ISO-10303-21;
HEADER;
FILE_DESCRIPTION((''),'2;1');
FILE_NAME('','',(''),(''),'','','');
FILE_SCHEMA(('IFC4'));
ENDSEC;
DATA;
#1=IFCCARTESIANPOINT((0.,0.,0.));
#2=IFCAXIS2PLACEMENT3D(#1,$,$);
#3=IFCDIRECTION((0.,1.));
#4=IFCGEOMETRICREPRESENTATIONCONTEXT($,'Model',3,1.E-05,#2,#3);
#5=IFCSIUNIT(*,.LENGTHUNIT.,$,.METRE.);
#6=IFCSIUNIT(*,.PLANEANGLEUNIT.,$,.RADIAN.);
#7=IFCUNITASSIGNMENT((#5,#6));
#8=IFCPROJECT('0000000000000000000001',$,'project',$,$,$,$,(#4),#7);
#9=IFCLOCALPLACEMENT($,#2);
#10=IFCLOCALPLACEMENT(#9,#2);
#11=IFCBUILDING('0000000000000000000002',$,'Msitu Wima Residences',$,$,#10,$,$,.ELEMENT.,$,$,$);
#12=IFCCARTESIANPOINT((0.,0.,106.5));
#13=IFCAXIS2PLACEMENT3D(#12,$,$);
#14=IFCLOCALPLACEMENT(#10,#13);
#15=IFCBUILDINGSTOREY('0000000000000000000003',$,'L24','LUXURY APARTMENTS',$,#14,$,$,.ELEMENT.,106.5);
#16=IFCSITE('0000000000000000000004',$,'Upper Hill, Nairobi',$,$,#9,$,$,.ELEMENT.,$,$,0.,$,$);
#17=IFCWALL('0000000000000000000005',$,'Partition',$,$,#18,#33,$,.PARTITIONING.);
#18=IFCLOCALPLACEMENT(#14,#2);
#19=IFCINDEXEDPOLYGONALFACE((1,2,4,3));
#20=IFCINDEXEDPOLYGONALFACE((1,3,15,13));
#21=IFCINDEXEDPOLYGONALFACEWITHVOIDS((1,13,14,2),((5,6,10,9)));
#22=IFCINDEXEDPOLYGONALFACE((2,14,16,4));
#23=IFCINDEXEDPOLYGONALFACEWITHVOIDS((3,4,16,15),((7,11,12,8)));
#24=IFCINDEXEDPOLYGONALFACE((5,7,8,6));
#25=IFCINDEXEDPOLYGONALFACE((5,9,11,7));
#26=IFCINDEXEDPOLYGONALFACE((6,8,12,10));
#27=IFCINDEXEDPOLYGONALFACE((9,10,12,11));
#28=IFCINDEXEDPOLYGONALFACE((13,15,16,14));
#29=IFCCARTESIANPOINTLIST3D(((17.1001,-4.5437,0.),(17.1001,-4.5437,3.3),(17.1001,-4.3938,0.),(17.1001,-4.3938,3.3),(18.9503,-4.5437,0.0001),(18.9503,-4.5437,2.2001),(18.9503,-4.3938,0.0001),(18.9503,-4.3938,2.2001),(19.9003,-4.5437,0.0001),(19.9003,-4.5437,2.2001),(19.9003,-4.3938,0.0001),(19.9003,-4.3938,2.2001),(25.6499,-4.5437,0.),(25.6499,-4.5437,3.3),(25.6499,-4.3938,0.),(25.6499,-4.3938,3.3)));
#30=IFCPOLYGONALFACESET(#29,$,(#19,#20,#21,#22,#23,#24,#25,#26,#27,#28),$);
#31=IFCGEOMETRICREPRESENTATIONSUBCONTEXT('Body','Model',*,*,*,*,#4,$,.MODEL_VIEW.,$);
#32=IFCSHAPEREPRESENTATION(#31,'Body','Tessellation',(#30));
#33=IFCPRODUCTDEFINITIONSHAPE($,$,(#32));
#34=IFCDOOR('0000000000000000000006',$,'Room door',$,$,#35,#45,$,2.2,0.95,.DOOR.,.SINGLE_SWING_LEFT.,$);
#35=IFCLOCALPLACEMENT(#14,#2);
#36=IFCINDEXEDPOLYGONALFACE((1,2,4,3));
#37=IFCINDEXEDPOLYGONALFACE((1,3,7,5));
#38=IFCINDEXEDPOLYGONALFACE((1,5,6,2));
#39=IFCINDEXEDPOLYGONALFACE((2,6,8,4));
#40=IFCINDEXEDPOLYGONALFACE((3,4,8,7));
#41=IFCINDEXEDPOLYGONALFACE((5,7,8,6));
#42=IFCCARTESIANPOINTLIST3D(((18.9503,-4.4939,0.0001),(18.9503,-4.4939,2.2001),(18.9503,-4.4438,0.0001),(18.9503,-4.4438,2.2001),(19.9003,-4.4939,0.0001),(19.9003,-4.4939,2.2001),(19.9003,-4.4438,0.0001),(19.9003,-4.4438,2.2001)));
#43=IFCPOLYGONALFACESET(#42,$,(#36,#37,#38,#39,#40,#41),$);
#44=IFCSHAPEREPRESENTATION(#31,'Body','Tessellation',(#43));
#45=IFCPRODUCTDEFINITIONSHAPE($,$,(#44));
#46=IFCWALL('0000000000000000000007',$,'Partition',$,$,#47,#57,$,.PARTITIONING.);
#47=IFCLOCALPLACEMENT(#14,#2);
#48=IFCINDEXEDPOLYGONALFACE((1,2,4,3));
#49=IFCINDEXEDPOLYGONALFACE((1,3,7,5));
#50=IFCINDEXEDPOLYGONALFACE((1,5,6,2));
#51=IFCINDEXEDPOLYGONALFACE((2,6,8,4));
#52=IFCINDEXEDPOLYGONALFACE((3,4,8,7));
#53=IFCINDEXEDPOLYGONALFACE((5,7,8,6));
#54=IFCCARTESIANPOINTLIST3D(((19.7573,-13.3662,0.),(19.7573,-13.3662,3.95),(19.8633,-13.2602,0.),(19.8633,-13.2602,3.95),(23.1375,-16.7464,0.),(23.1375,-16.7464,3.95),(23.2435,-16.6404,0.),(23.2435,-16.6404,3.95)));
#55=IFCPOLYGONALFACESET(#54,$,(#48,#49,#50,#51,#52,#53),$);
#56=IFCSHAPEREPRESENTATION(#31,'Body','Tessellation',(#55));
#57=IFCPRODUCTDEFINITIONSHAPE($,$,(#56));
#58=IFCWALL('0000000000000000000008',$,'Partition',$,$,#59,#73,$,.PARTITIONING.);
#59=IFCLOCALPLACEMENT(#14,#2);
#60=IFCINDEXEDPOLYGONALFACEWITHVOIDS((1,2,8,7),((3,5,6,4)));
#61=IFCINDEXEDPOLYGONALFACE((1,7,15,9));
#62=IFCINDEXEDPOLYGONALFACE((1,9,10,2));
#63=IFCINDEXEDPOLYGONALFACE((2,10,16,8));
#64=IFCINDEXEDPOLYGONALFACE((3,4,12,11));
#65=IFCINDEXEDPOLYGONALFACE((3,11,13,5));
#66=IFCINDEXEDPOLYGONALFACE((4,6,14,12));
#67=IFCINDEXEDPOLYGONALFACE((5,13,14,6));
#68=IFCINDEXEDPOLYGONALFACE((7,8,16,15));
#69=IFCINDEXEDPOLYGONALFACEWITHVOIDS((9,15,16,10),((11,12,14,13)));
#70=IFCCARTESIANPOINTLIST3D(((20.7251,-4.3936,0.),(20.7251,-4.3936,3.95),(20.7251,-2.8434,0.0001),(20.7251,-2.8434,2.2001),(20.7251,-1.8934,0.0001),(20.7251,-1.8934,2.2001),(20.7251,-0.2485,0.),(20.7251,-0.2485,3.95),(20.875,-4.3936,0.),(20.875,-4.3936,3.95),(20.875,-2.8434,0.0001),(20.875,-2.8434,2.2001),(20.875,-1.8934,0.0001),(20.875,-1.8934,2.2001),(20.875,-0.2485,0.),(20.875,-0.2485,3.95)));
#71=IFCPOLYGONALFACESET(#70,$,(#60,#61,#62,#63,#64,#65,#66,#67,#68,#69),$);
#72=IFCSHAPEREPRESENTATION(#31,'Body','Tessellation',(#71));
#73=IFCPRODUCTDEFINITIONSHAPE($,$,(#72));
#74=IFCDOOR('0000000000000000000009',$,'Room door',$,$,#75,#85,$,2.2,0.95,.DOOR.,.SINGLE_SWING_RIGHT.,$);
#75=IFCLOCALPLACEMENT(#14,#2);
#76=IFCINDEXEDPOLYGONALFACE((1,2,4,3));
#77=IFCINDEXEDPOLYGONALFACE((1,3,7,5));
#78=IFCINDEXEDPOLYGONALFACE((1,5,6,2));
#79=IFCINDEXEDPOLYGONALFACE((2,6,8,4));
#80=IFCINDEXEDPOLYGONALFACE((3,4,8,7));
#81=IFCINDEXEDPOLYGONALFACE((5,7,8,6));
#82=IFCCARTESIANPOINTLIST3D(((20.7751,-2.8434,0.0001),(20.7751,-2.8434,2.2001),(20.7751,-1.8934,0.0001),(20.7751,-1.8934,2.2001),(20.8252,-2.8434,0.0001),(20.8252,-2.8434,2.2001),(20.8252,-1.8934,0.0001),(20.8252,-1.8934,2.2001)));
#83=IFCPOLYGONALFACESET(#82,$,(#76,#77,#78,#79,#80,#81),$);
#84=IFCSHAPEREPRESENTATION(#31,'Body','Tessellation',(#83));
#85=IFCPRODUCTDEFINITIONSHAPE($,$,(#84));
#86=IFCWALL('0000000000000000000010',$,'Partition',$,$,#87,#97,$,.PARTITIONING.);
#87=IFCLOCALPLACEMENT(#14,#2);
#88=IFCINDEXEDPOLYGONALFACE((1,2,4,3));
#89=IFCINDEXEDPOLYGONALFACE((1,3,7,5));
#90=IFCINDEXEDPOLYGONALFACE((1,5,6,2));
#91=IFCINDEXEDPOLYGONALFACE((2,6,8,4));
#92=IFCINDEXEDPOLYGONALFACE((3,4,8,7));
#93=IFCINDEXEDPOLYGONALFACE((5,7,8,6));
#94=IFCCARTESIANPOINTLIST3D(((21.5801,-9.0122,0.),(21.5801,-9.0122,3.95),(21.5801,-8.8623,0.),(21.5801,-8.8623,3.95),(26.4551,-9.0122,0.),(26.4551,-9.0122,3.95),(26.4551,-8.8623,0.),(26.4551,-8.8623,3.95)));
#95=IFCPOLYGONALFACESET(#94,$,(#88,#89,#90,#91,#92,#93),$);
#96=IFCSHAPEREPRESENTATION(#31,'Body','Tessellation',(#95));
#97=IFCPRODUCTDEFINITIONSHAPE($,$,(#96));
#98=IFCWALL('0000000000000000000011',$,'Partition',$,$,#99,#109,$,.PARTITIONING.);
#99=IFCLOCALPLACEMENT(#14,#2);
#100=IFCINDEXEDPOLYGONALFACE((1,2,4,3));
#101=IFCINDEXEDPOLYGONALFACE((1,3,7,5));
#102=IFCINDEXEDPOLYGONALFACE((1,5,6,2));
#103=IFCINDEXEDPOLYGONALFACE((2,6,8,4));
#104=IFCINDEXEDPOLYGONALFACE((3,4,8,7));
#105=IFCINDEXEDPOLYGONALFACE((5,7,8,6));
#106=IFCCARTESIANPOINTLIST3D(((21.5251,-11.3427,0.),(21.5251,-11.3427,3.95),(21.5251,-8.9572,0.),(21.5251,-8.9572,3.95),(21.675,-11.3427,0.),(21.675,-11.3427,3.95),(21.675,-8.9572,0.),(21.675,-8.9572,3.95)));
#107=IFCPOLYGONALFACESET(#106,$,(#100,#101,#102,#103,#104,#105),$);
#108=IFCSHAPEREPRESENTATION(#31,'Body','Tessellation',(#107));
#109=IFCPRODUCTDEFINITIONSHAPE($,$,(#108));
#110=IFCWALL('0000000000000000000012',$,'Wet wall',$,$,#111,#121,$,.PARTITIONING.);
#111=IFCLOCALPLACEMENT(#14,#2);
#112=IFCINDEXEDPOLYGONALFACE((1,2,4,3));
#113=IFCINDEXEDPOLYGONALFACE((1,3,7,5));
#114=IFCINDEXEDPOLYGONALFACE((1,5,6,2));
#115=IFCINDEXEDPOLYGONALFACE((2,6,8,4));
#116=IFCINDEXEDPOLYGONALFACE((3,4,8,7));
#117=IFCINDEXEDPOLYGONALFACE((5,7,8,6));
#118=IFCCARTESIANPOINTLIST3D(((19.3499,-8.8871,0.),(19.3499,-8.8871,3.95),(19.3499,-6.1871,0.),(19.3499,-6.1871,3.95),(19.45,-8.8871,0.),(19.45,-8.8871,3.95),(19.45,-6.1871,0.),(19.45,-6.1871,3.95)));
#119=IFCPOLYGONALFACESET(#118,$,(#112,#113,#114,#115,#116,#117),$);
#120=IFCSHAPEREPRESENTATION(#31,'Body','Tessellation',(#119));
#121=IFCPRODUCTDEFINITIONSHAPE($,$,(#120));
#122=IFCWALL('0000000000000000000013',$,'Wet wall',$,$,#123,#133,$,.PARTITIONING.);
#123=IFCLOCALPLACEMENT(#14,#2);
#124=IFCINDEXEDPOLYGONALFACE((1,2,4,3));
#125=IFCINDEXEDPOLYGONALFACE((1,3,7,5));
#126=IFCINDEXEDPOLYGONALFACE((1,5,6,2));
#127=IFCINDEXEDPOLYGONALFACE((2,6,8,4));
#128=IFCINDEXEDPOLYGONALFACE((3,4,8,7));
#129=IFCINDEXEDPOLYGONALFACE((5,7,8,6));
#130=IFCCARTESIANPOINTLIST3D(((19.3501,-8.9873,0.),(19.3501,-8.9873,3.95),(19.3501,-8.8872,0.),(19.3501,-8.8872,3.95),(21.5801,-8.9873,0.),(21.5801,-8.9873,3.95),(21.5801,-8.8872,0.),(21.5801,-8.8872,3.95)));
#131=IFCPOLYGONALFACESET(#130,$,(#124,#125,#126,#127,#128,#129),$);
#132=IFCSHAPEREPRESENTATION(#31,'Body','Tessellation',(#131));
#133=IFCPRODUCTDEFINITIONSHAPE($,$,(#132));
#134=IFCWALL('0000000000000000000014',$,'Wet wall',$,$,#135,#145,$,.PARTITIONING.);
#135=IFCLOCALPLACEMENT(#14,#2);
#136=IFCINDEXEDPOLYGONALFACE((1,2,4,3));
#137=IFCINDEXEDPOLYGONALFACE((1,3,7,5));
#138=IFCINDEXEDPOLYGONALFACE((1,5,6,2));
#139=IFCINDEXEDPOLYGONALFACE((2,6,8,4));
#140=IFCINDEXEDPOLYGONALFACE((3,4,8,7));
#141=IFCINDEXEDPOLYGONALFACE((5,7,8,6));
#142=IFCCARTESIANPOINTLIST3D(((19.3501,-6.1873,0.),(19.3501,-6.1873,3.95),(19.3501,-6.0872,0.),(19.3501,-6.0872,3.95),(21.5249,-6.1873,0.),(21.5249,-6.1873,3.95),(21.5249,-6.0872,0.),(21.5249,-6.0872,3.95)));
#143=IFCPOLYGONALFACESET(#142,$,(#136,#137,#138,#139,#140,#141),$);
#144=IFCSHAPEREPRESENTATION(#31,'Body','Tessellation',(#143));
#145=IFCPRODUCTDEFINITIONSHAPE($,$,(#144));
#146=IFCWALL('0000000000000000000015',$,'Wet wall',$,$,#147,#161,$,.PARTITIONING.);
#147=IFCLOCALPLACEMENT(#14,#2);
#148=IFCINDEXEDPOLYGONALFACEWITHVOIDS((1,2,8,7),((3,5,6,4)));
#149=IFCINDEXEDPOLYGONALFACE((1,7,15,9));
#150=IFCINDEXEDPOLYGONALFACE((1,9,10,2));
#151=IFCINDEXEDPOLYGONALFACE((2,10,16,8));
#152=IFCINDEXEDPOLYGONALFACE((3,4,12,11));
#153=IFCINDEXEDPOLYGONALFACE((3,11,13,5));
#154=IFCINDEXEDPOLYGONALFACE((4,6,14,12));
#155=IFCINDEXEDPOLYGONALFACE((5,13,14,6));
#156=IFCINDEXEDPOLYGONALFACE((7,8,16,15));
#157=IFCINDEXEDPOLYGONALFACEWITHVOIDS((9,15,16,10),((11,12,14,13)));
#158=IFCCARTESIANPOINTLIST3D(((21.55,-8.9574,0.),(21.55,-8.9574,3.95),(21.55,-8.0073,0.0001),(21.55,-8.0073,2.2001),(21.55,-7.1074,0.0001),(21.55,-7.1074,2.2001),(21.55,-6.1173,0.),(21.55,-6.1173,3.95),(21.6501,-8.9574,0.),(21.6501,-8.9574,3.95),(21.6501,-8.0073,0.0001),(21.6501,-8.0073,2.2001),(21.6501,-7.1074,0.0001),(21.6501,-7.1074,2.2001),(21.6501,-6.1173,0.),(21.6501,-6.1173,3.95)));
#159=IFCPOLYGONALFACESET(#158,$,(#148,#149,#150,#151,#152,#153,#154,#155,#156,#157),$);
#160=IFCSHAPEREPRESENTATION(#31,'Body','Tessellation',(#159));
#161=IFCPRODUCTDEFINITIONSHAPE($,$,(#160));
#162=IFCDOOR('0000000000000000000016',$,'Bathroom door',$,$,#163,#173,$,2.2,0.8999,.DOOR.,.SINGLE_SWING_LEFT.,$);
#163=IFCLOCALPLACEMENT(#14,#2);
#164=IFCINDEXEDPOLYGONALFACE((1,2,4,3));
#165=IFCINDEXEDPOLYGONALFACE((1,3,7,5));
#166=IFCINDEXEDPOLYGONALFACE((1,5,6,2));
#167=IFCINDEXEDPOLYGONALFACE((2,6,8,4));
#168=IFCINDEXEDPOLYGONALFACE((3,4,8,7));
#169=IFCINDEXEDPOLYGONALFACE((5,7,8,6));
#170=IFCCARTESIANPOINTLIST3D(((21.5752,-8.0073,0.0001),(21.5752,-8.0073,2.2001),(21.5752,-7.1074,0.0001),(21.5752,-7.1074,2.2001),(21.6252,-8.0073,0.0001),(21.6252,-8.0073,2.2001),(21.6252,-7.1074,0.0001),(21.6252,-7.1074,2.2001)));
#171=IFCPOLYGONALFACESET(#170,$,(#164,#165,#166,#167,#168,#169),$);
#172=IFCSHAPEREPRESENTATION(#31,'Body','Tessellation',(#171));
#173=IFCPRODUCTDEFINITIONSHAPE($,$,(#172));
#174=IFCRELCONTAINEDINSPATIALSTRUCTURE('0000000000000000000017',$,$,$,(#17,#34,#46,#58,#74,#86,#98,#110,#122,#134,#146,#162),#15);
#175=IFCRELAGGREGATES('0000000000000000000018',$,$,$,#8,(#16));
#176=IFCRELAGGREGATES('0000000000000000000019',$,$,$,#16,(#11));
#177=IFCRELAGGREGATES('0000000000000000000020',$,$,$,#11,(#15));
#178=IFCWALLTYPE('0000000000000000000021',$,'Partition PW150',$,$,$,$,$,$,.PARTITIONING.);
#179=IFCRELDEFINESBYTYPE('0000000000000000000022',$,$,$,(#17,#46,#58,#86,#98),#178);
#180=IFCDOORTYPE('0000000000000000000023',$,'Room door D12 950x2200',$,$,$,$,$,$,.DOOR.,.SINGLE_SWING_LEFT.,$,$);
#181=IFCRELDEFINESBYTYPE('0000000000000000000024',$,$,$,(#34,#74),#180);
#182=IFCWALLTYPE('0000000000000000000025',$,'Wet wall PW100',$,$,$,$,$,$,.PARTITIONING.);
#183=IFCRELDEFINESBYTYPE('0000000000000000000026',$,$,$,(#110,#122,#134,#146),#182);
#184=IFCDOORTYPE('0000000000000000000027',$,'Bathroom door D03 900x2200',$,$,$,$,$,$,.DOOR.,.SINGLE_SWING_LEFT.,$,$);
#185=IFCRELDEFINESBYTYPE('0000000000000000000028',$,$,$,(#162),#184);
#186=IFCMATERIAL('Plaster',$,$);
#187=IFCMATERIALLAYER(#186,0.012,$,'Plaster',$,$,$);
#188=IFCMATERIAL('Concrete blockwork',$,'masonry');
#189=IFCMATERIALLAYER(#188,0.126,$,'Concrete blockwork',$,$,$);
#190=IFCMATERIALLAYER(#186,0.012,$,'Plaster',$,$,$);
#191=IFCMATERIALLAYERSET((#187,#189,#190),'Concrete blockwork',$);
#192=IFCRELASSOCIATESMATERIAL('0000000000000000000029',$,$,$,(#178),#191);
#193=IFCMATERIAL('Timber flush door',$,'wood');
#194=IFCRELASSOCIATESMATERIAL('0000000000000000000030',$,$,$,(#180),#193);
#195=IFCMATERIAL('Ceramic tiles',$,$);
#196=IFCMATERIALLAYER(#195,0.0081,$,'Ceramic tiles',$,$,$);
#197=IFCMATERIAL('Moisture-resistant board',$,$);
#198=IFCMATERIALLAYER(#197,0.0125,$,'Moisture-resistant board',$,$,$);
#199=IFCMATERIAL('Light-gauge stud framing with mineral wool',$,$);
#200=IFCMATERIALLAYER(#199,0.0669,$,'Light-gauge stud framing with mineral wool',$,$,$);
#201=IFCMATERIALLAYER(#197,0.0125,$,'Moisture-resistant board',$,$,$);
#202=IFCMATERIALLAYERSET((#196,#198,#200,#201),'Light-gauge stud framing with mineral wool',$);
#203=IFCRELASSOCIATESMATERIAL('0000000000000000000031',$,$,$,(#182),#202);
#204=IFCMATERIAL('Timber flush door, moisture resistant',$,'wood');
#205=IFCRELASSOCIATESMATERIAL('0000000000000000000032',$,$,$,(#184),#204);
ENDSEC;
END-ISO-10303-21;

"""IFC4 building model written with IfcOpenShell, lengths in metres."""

from ifc_helpers import new_model, si_unit, direction, frame, frame_2d, origin, place, context, subcontext, project, spatial, rectangle, extrude, material, layer, layer_set, type_object, element, fill, save


model = new_model("IFC4")

# Units and contexts
model_context = context("Model", 3, precision=1e-05, world=origin(), true_north=direction((0.0, 1.0)))
body_context = subcontext(model_context, "Body", "Model", "MODEL_VIEW")
ifc_project = project(units=[si_unit("LENGTHUNIT", "METRE"), si_unit("PLANEANGLEUNIT", "RADIAN")], contexts=[model_context])

# Site, building, storey
site_placement = place(None, origin())
site = spatial("IfcSite", under=ifc_project, at=site_placement, Name="Upper Hill, Nairobi", CompositionType="ELEMENT", RefElevation=0.0)
building_placement = place(site_placement, origin())
building = spatial("IfcBuilding", under=site, at=building_placement, Name="Msitu Wima Residences", CompositionType="ELEMENT")
storey_placement = place(building_placement, frame((0.0, 0.0, 106.5)))
storey = spatial("IfcBuildingStorey", under=building, at=storey_placement, Name="L24", Description="LUXURY APARTMENTS", CompositionType="ELEMENT", Elevation=106.5)

# Wall, opening, door
ifc_material_1 = material(Name="Plaster")
ifc_layer_1 = layer(ifc_material_1, 0.012, Name="Plaster")
ifc_material_2 = material(Name="Concrete blockwork", Category="masonry")
ifc_layer_2 = layer(ifc_material_2, 0.126, Name="Concrete blockwork")
ifc_layer_3 = layer(ifc_material_1, 0.012, Name="Plaster")
ifc_layer_set_1 = layer_set([ifc_layer_1, ifc_layer_2, ifc_layer_3], Name="Concrete blockwork")
wall_type_1 = type_object("IfcWallType", Name="Partition PW150", PredefinedType="PARTITIONING", material=ifc_layer_set_1)
wall_1_placement = place(storey_placement, frame((17.1001, -4.4688, 0.0), z_axis=(0.0, 0.0, 1.0), x_axis=(1.0, 0.0, 0.0)))
wall_1 = element("IfcWall", 1, at=wall_1_placement, inside=storey, type_object=wall_type_1, Name="Partition", PredefinedType="PARTITIONING", context=body_context, shape_type="SweptSolid", body=[
    extrude(rectangle(XDim=8.5498, YDim=0.1499, at=frame_2d((4.2749, 0.0))), origin(), (0.0, 0.0, 1.0), 3.3),
])
opening_1_placement = place(wall_1_placement, frame((1.8501, 0.0, 0.0)))
opening_1 = element("IfcOpeningElement", 2, at=opening_1_placement, cuts=wall_1, PredefinedType="OPENING", context=body_context, shape_type="SweptSolid", body=[
    extrude(rectangle(XDim=0.95, YDim=2.2, at=frame_2d((0.4751, 1.1001))), frame((0.0, 0.085, 0.0), z_axis=(0.0, -1.0, 0.0), x_axis=(1.0, 0.0, 0.0)), (0.0, 0.0, 1.0), 0.1699),
])
ifc_material_3 = material(Name="Timber flush door", Category="wood")
door_type_1 = type_object("IfcDoorType", Name="Room door D12 950x2200", OperationType="SINGLE_SWING_LEFT", PredefinedType="DOOR", material=ifc_material_3)
door_1_placement = place(opening_1_placement, origin())
door_1 = element("IfcDoor", 3, at=door_1_placement, inside=storey, type_object=door_type_1, Name="Room door", OperationType="SINGLE_SWING_LEFT", OverallHeight=2.2, OverallWidth=0.95, PredefinedType="DOOR", context=body_context, shape_type="SweptSolid", body=[
    extrude(rectangle(XDim=0.95, YDim=2.2, at=frame_2d((0.4751, 1.1001))), frame((0.0, 0.0249, 0.0), z_axis=(0.0, -1.0, 0.0), x_axis=(1.0, 0.0, 0.0)), (0.0, 0.0, 1.0), 0.05),
])
fill(opening_1, door_1)

# Wall
wall_2_placement = place(storey_placement, frame((19.8103, -13.3132, 0.0), z_axis=(0.0, 0.0, 1.0), x_axis=(0.707107, -0.707107, 0.0)))
element("IfcWall", 4, at=wall_2_placement, inside=storey, type_object=wall_type_1, Name="Partition", PredefinedType="PARTITIONING", context=body_context, shape_type="SweptSolid", body=[
    extrude(rectangle(XDim=4.7803, YDim=0.1499, at=frame_2d((2.3901, 0.0))), origin(), (0.0, 0.0, 1.0), 3.95),
])

# Wall, opening, door
wall_3_placement = place(storey_placement, frame((20.8, -4.3936, 0.0), z_axis=(0.0, 0.0, 1.0), x_axis=(0.0, 1.0, 0.0)))
wall_3 = element("IfcWall", 5, at=wall_3_placement, inside=storey, type_object=wall_type_1, Name="Partition", PredefinedType="PARTITIONING", context=body_context, shape_type="SweptSolid", body=[
    extrude(rectangle(XDim=4.145, YDim=0.1499, at=frame_2d((2.0725, 0.0))), origin(), (0.0, 0.0, 1.0), 3.95),
])
opening_2_placement = place(wall_3_placement, frame((1.55, 0.0, 0.0)))
opening_2 = element("IfcOpeningElement", 6, at=opening_2_placement, cuts=wall_3, PredefinedType="OPENING", context=body_context, shape_type="SweptSolid", body=[
    extrude(rectangle(XDim=0.95, YDim=2.2, at=frame_2d((0.4751, 1.1001))), frame((0.0, 0.085, 0.0), z_axis=(0.0, -1.0, 0.0), x_axis=(1.0, 0.0, 0.0)), (0.0, 0.0, 1.0), 0.1699),
])
door_2_placement = place(opening_2_placement, origin())
door_2 = element("IfcDoor", 7, at=door_2_placement, inside=storey, type_object=door_type_1, Name="Room door", OperationType="SINGLE_SWING_RIGHT", OverallHeight=2.2, OverallWidth=0.95, PredefinedType="DOOR", context=body_context, shape_type="SweptSolid", body=[
    extrude(rectangle(XDim=0.95, YDim=2.2, at=frame_2d((0.4751, 1.1001))), frame((0.0, 0.0249, 0.0), z_axis=(0.0, -1.0, 0.0), x_axis=(1.0, 0.0, 0.0)), (0.0, 0.0, 1.0), 0.05),
])
fill(opening_2, door_2)

# Walls
wall_4_placement = place(storey_placement, frame((21.5801, -8.9373, 0.0), z_axis=(0.0, 0.0, 1.0), x_axis=(1.0, 0.0, 0.0)))
element("IfcWall", 8, at=wall_4_placement, inside=storey, type_object=wall_type_1, Name="Partition", PredefinedType="PARTITIONING", context=body_context, shape_type="SweptSolid", body=[
    extrude(rectangle(XDim=4.875, YDim=0.1499, at=frame_2d((2.4375, 0.0))), origin(), (0.0, 0.0, 1.0), 3.95),
])
wall_5_placement = place(storey_placement, frame((21.6001, -11.3428, 0.0), z_axis=(0.0, 0.0, 1.0), x_axis=(0.0, 1.0, 0.0)))
element("IfcWall", 9, at=wall_5_placement, inside=storey, type_object=wall_type_1, Name="Partition", PredefinedType="PARTITIONING", context=body_context, shape_type="SweptSolid", body=[
    extrude(rectangle(XDim=2.3855, YDim=0.1499, at=frame_2d((1.1929, 0.0))), origin(), (0.0, 0.0, 1.0), 3.95),
])
ifc_material_4 = material(Name="Ceramic tiles")
ifc_layer_4 = layer(ifc_material_4, 0.0081, Name="Ceramic tiles")
ifc_material_5 = material(Name="Moisture-resistant board")
ifc_layer_5 = layer(ifc_material_5, 0.0125, Name="Moisture-resistant board")
ifc_material_6 = material(Name="Light-gauge stud framing with mineral wool")
ifc_layer_6 = layer(ifc_material_6, 0.0669, Name="Light-gauge stud framing with mineral wool")
ifc_layer_7 = layer(ifc_material_5, 0.0125, Name="Moisture-resistant board")
ifc_layer_set_2 = layer_set([ifc_layer_4, ifc_layer_5, ifc_layer_6, ifc_layer_7], Name="Light-gauge stud framing with mineral wool")
wall_type_2 = type_object("IfcWallType", Name="Wet wall PW100", PredefinedType="PARTITIONING", material=ifc_layer_set_2)
wall_6_placement = place(storey_placement, frame((19.3999, -8.8872, 0.0), z_axis=(0.0, 0.0, 1.0), x_axis=(0.0, 1.0, 0.0)))
element("IfcWall", 10, at=wall_6_placement, inside=storey, type_object=wall_type_2, Name="Wet wall", PredefinedType="PARTITIONING", context=body_context, shape_type="SweptSolid", body=[
    extrude(rectangle(XDim=2.7, YDim=0.1001, at=frame_2d((1.3501, 0.0))), origin(), (0.0, 0.0, 1.0), 3.95),
])
wall_7_placement = place(storey_placement, frame((19.3501, -8.9373, 0.0), z_axis=(0.0, 0.0, 1.0), x_axis=(1.0, 0.0, 0.0)))
element("IfcWall", 11, at=wall_7_placement, inside=storey, type_object=wall_type_2, Name="Wet wall", PredefinedType="PARTITIONING", context=body_context, shape_type="SweptSolid", body=[
    extrude(rectangle(XDim=2.23, YDim=0.1001, at=frame_2d((1.115, 0.0))), origin(), (0.0, 0.0, 1.0), 3.95),
])
wall_8_placement = place(storey_placement, frame((19.3501, -6.1372, 0.0), z_axis=(0.0, 0.0, 1.0), x_axis=(1.0, 0.0, 0.0)))
element("IfcWall", 12, at=wall_8_placement, inside=storey, type_object=wall_type_2, Name="Wet wall", PredefinedType="PARTITIONING", context=body_context, shape_type="SweptSolid", body=[
    extrude(rectangle(XDim=2.1748, YDim=0.1001, at=frame_2d((1.0874, 0.0))), origin(), (0.0, 0.0, 1.0), 3.95),
])

# Wall, opening, door
wall_9_placement = place(storey_placement, frame((21.6001, -8.9573, 0.0), z_axis=(0.0, 0.0, 1.0), x_axis=(0.0, 1.0, 0.0)))
wall_9 = element("IfcWall", 13, at=wall_9_placement, inside=storey, type_object=wall_type_2, Name="Wet wall", PredefinedType="PARTITIONING", context=body_context, shape_type="SweptSolid", body=[
    extrude(rectangle(XDim=2.8401, YDim=0.1001, at=frame_2d((1.4199, 0.0))), origin(), (0.0, 0.0, 1.0), 3.95),
])
opening_3_placement = place(wall_9_placement, frame((0.95, 0.0, 0.0)))
opening_3 = element("IfcOpeningElement", 14, at=opening_3_placement, cuts=wall_9, PredefinedType="OPENING", context=body_context, shape_type="SweptSolid", body=[
    extrude(rectangle(XDim=0.8999, YDim=2.2, at=frame_2d((0.45, 1.1001))), frame((0.0, 0.0601, 0.0), z_axis=(0.0, -1.0, 0.0), x_axis=(1.0, 0.0, 0.0)), (0.0, 0.0, 1.0), 0.1201),
])
ifc_material_7 = material(Name="Timber flush door, moisture resistant", Category="wood")
door_type_2 = type_object("IfcDoorType", Name="Bathroom door D03 900x2200", OperationType="SINGLE_SWING_LEFT", PredefinedType="DOOR", material=ifc_material_7)
door_3_placement = place(opening_3_placement, origin())
door_3 = element("IfcDoor", 15, at=door_3_placement, inside=storey, type_object=door_type_2, Name="Bathroom door", OperationType="SINGLE_SWING_LEFT", OverallHeight=2.2, OverallWidth=0.8999, PredefinedType="DOOR", context=body_context, shape_type="SweptSolid", body=[
    extrude(rectangle(XDim=0.8999, YDim=2.2, at=frame_2d((0.45, 1.1001))), frame((0.0, 0.0249, 0.0), z_axis=(0.0, -1.0, 0.0), x_axis=(1.0, 0.0, 0.0)), (0.0, 0.0, 1.0), 0.05),
])
fill(opening_3, door_3)

save(model, "model.ifc")
